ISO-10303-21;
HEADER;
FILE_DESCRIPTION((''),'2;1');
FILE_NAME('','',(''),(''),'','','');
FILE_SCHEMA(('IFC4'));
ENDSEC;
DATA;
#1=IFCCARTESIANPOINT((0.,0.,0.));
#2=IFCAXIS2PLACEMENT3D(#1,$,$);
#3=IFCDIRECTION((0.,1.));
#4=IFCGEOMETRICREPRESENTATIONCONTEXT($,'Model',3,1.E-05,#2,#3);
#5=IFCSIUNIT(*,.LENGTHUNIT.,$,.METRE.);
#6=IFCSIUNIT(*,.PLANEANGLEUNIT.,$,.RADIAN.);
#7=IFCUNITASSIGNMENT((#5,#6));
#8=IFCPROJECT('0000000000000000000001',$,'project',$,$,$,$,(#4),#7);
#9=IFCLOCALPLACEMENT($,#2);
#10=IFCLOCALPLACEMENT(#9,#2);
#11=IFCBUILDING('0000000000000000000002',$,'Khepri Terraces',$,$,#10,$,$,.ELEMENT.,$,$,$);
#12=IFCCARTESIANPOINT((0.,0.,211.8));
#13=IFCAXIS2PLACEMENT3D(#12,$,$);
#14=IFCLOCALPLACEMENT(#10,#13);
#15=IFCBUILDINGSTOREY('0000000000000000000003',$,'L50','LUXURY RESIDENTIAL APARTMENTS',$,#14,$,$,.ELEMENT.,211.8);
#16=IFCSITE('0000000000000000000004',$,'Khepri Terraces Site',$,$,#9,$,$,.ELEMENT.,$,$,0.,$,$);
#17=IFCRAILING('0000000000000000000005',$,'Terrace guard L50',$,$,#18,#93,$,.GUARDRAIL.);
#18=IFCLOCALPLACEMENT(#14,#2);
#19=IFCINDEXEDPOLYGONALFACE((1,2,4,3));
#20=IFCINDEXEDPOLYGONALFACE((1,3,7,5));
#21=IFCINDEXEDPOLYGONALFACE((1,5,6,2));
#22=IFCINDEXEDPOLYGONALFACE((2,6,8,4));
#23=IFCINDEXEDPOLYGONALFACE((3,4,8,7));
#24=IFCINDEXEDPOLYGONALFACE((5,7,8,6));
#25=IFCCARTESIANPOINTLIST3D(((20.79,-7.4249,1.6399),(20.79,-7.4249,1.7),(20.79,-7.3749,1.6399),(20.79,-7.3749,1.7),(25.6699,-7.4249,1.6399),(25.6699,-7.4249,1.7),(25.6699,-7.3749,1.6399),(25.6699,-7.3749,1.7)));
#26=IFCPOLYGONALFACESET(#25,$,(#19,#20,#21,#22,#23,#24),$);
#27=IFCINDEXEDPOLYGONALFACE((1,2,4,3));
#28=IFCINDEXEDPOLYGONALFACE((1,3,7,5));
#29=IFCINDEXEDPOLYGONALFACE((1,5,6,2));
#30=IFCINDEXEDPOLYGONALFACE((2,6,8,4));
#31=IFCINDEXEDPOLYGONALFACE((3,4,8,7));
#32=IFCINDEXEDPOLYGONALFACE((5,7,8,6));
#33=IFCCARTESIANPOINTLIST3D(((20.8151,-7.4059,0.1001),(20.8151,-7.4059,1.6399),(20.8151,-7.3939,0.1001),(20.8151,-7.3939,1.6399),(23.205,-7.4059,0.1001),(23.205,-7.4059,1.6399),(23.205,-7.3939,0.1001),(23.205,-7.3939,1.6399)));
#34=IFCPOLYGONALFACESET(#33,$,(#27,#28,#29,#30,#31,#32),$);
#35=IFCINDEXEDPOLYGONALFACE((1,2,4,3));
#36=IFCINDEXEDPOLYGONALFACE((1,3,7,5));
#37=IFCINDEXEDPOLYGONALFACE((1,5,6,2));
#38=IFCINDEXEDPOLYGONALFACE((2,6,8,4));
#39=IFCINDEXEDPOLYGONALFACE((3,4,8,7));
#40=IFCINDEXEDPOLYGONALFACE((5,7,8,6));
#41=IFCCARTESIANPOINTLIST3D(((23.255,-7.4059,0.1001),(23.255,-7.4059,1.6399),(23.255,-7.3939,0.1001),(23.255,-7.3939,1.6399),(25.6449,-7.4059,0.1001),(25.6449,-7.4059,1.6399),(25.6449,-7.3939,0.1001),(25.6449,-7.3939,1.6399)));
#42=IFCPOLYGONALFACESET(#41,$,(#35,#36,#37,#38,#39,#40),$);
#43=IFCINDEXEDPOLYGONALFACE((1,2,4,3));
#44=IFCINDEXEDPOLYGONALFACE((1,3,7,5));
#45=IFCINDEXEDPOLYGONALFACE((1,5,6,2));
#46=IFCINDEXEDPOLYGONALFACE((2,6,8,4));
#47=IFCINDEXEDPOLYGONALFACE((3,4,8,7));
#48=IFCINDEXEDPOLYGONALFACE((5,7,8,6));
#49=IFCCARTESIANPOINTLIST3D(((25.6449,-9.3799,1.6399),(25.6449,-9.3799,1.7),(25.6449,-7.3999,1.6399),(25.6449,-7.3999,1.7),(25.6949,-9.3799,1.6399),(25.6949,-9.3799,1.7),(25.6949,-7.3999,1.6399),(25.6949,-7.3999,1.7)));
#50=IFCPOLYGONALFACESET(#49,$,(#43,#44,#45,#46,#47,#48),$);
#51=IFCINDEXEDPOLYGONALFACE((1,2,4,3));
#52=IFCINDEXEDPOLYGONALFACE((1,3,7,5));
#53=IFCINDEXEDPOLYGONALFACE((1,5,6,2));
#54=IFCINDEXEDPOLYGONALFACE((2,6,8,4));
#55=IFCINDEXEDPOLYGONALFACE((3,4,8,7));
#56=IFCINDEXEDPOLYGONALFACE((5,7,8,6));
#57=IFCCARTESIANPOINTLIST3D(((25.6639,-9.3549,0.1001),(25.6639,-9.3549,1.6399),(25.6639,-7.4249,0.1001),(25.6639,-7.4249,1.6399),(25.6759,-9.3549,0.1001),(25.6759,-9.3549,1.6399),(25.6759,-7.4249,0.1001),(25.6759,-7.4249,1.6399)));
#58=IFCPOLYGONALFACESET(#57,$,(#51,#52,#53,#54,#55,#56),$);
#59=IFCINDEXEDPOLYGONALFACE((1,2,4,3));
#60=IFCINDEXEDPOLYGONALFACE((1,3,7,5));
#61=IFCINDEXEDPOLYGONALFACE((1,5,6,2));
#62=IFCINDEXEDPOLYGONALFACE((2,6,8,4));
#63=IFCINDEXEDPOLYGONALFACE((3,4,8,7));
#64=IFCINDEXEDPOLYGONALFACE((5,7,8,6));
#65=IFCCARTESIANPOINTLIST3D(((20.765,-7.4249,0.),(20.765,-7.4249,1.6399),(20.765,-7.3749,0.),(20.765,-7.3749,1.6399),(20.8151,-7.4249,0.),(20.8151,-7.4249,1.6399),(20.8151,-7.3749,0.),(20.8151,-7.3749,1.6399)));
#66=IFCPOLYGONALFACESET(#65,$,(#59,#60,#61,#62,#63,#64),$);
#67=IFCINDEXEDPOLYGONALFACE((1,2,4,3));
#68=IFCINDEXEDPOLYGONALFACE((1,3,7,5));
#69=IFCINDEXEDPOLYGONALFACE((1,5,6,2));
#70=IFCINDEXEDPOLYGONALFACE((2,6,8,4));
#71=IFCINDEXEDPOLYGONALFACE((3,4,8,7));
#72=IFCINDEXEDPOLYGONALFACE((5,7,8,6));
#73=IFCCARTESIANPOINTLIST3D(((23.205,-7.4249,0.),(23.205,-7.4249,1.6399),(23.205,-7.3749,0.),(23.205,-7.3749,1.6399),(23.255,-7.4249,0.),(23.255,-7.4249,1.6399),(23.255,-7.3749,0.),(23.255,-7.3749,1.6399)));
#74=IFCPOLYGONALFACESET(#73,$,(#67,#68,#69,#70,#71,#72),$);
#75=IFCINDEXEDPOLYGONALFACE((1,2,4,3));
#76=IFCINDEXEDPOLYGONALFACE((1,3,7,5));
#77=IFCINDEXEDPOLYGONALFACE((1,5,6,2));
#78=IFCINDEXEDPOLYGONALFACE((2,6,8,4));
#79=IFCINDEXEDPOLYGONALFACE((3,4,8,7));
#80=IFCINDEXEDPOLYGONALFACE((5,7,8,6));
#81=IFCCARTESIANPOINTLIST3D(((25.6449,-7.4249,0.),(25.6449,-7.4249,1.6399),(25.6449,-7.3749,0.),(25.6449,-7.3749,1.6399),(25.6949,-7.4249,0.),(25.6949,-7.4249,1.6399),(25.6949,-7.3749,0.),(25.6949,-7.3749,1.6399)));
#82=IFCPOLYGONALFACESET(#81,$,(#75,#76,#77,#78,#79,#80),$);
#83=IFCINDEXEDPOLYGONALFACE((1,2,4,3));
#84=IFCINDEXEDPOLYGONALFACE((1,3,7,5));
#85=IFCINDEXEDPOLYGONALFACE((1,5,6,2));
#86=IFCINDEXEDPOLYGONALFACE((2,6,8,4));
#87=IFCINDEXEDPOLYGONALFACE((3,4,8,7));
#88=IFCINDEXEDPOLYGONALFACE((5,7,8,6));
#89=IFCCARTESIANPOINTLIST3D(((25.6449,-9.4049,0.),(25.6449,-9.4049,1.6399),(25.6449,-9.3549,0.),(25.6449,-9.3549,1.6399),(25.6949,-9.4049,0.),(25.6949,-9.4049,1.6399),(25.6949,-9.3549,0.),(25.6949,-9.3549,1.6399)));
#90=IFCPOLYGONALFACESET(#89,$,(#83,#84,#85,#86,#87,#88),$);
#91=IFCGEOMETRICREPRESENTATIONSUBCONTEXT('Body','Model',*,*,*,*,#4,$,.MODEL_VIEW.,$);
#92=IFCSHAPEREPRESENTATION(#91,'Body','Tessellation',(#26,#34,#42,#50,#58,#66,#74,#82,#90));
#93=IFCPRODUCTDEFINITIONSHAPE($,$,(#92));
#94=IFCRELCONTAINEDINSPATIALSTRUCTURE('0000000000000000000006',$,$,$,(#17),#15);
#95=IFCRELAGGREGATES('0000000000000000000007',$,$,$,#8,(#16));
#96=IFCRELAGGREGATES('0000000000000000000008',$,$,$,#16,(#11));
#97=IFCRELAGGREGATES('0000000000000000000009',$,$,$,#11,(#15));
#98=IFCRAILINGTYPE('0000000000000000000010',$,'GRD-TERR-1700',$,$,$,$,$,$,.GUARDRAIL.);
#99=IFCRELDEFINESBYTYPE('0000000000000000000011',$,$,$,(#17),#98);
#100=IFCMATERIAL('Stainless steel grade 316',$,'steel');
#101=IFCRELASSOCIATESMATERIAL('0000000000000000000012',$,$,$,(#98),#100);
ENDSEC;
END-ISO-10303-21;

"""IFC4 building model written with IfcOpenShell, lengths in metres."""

from ifc_helpers import new_model, si_unit, direction, frame, origin, origin_2d, place, context, subcontext, project, spatial, rectangle, extrude, material, type_object, element, save


model = new_model("IFC4")

# Units and contexts
model_context = context("Model", 3, precision=1e-05, world=origin(), true_north=direction((0.0, 1.0)))
body_context = subcontext(model_context, "Body", "Model", "MODEL_VIEW")
ifc_project = project(units=[si_unit("LENGTHUNIT", "METRE"), si_unit("PLANEANGLEUNIT", "RADIAN")], contexts=[model_context])

# Site, building, storey
site_placement = place(None, origin())
site = spatial("IfcSite", under=ifc_project, at=site_placement, Name="Khepri Terraces Site", CompositionType="ELEMENT", RefElevation=0.0)
building_placement = place(site_placement, origin())
building = spatial("IfcBuilding", under=site, at=building_placement, Name="Khepri Terraces", CompositionType="ELEMENT")
storey_placement = place(building_placement, frame((0.0, 0.0, 211.8)))
storey = spatial("IfcBuildingStorey", under=building, at=storey_placement, Name="L50", Description="LUXURY RESIDENTIAL APARTMENTS", CompositionType="ELEMENT", Elevation=211.8)

# Railing
ifc_material_1 = material(Name="Stainless steel grade 316", Category="steel")
railing_type = type_object("IfcRailingType", Name="GRD-TERR-1700", PredefinedType="GUARDRAIL", material=ifc_material_1)
railing_placement = place(storey_placement, frame((20.79, -7.3999, 0.0)))
element("IfcRailing", 1, at=railing_placement, inside=storey, type_object=railing_type, Name="Terrace guard L50", PredefinedType="GUARDRAIL", context=body_context, shape_type="SweptSolid", body=[
    extrude(rectangle(XDim=0.05, YDim=0.0601, at=origin_2d()), frame((0.0, 0.0, 1.6699), z_axis=(1.0, 0.0, 0.0), x_axis=(0.0, 1.0, 0.0)), (0.0, 0.0, 1.0), 4.8799),
    extrude(rectangle(XDim=2.3899, YDim=0.012, at=origin_2d()), frame((1.22, 0.0, 0.1001), z_axis=(0.0, 0.0, 1.0), x_axis=(1.0, 0.0, 0.0)), (0.0, 0.0, 1.0), 1.5398),
    extrude(rectangle(XDim=2.3899, YDim=0.012, at=origin_2d()), frame((3.6599, 0.0, 0.1001), z_axis=(0.0, 0.0, 1.0), x_axis=(1.0, 0.0, 0.0)), (0.0, 0.0, 1.0), 1.5398),
    extrude(rectangle(XDim=0.05, YDim=0.0601, at=origin_2d()), frame((4.8799, 0.0, 1.6699), z_axis=(0.0, -1.0, 0.0), x_axis=(1.0, 0.0, 0.0)), (0.0, 0.0, 1.0), 1.98),
    extrude(rectangle(XDim=1.9299, YDim=0.012, at=origin_2d()), frame((4.8799, -0.99, 0.1001), z_axis=(0.0, 0.0, 1.0), x_axis=(0.0, -1.0, 0.0)), (0.0, 0.0, 1.0), 1.5398),
    extrude(rectangle(XDim=0.05, YDim=0.05, at=origin_2d()), origin(), (0.0, 0.0, 1.0), 1.6399),
    extrude(rectangle(XDim=0.05, YDim=0.05, at=origin_2d()), frame((2.4399, 0.0, 0.0)), (0.0, 0.0, 1.0), 1.6399),
    extrude(rectangle(XDim=0.05, YDim=0.05, at=origin_2d()), frame((4.8799, 0.0, 0.0)), (0.0, 0.0, 1.0), 1.6399),
    extrude(rectangle(XDim=0.05, YDim=0.05, at=origin_2d()), frame((4.8799, -1.98, 0.0)), (0.0, 0.0, 1.0), 1.6399),
])

save(model, "model.ifc")
